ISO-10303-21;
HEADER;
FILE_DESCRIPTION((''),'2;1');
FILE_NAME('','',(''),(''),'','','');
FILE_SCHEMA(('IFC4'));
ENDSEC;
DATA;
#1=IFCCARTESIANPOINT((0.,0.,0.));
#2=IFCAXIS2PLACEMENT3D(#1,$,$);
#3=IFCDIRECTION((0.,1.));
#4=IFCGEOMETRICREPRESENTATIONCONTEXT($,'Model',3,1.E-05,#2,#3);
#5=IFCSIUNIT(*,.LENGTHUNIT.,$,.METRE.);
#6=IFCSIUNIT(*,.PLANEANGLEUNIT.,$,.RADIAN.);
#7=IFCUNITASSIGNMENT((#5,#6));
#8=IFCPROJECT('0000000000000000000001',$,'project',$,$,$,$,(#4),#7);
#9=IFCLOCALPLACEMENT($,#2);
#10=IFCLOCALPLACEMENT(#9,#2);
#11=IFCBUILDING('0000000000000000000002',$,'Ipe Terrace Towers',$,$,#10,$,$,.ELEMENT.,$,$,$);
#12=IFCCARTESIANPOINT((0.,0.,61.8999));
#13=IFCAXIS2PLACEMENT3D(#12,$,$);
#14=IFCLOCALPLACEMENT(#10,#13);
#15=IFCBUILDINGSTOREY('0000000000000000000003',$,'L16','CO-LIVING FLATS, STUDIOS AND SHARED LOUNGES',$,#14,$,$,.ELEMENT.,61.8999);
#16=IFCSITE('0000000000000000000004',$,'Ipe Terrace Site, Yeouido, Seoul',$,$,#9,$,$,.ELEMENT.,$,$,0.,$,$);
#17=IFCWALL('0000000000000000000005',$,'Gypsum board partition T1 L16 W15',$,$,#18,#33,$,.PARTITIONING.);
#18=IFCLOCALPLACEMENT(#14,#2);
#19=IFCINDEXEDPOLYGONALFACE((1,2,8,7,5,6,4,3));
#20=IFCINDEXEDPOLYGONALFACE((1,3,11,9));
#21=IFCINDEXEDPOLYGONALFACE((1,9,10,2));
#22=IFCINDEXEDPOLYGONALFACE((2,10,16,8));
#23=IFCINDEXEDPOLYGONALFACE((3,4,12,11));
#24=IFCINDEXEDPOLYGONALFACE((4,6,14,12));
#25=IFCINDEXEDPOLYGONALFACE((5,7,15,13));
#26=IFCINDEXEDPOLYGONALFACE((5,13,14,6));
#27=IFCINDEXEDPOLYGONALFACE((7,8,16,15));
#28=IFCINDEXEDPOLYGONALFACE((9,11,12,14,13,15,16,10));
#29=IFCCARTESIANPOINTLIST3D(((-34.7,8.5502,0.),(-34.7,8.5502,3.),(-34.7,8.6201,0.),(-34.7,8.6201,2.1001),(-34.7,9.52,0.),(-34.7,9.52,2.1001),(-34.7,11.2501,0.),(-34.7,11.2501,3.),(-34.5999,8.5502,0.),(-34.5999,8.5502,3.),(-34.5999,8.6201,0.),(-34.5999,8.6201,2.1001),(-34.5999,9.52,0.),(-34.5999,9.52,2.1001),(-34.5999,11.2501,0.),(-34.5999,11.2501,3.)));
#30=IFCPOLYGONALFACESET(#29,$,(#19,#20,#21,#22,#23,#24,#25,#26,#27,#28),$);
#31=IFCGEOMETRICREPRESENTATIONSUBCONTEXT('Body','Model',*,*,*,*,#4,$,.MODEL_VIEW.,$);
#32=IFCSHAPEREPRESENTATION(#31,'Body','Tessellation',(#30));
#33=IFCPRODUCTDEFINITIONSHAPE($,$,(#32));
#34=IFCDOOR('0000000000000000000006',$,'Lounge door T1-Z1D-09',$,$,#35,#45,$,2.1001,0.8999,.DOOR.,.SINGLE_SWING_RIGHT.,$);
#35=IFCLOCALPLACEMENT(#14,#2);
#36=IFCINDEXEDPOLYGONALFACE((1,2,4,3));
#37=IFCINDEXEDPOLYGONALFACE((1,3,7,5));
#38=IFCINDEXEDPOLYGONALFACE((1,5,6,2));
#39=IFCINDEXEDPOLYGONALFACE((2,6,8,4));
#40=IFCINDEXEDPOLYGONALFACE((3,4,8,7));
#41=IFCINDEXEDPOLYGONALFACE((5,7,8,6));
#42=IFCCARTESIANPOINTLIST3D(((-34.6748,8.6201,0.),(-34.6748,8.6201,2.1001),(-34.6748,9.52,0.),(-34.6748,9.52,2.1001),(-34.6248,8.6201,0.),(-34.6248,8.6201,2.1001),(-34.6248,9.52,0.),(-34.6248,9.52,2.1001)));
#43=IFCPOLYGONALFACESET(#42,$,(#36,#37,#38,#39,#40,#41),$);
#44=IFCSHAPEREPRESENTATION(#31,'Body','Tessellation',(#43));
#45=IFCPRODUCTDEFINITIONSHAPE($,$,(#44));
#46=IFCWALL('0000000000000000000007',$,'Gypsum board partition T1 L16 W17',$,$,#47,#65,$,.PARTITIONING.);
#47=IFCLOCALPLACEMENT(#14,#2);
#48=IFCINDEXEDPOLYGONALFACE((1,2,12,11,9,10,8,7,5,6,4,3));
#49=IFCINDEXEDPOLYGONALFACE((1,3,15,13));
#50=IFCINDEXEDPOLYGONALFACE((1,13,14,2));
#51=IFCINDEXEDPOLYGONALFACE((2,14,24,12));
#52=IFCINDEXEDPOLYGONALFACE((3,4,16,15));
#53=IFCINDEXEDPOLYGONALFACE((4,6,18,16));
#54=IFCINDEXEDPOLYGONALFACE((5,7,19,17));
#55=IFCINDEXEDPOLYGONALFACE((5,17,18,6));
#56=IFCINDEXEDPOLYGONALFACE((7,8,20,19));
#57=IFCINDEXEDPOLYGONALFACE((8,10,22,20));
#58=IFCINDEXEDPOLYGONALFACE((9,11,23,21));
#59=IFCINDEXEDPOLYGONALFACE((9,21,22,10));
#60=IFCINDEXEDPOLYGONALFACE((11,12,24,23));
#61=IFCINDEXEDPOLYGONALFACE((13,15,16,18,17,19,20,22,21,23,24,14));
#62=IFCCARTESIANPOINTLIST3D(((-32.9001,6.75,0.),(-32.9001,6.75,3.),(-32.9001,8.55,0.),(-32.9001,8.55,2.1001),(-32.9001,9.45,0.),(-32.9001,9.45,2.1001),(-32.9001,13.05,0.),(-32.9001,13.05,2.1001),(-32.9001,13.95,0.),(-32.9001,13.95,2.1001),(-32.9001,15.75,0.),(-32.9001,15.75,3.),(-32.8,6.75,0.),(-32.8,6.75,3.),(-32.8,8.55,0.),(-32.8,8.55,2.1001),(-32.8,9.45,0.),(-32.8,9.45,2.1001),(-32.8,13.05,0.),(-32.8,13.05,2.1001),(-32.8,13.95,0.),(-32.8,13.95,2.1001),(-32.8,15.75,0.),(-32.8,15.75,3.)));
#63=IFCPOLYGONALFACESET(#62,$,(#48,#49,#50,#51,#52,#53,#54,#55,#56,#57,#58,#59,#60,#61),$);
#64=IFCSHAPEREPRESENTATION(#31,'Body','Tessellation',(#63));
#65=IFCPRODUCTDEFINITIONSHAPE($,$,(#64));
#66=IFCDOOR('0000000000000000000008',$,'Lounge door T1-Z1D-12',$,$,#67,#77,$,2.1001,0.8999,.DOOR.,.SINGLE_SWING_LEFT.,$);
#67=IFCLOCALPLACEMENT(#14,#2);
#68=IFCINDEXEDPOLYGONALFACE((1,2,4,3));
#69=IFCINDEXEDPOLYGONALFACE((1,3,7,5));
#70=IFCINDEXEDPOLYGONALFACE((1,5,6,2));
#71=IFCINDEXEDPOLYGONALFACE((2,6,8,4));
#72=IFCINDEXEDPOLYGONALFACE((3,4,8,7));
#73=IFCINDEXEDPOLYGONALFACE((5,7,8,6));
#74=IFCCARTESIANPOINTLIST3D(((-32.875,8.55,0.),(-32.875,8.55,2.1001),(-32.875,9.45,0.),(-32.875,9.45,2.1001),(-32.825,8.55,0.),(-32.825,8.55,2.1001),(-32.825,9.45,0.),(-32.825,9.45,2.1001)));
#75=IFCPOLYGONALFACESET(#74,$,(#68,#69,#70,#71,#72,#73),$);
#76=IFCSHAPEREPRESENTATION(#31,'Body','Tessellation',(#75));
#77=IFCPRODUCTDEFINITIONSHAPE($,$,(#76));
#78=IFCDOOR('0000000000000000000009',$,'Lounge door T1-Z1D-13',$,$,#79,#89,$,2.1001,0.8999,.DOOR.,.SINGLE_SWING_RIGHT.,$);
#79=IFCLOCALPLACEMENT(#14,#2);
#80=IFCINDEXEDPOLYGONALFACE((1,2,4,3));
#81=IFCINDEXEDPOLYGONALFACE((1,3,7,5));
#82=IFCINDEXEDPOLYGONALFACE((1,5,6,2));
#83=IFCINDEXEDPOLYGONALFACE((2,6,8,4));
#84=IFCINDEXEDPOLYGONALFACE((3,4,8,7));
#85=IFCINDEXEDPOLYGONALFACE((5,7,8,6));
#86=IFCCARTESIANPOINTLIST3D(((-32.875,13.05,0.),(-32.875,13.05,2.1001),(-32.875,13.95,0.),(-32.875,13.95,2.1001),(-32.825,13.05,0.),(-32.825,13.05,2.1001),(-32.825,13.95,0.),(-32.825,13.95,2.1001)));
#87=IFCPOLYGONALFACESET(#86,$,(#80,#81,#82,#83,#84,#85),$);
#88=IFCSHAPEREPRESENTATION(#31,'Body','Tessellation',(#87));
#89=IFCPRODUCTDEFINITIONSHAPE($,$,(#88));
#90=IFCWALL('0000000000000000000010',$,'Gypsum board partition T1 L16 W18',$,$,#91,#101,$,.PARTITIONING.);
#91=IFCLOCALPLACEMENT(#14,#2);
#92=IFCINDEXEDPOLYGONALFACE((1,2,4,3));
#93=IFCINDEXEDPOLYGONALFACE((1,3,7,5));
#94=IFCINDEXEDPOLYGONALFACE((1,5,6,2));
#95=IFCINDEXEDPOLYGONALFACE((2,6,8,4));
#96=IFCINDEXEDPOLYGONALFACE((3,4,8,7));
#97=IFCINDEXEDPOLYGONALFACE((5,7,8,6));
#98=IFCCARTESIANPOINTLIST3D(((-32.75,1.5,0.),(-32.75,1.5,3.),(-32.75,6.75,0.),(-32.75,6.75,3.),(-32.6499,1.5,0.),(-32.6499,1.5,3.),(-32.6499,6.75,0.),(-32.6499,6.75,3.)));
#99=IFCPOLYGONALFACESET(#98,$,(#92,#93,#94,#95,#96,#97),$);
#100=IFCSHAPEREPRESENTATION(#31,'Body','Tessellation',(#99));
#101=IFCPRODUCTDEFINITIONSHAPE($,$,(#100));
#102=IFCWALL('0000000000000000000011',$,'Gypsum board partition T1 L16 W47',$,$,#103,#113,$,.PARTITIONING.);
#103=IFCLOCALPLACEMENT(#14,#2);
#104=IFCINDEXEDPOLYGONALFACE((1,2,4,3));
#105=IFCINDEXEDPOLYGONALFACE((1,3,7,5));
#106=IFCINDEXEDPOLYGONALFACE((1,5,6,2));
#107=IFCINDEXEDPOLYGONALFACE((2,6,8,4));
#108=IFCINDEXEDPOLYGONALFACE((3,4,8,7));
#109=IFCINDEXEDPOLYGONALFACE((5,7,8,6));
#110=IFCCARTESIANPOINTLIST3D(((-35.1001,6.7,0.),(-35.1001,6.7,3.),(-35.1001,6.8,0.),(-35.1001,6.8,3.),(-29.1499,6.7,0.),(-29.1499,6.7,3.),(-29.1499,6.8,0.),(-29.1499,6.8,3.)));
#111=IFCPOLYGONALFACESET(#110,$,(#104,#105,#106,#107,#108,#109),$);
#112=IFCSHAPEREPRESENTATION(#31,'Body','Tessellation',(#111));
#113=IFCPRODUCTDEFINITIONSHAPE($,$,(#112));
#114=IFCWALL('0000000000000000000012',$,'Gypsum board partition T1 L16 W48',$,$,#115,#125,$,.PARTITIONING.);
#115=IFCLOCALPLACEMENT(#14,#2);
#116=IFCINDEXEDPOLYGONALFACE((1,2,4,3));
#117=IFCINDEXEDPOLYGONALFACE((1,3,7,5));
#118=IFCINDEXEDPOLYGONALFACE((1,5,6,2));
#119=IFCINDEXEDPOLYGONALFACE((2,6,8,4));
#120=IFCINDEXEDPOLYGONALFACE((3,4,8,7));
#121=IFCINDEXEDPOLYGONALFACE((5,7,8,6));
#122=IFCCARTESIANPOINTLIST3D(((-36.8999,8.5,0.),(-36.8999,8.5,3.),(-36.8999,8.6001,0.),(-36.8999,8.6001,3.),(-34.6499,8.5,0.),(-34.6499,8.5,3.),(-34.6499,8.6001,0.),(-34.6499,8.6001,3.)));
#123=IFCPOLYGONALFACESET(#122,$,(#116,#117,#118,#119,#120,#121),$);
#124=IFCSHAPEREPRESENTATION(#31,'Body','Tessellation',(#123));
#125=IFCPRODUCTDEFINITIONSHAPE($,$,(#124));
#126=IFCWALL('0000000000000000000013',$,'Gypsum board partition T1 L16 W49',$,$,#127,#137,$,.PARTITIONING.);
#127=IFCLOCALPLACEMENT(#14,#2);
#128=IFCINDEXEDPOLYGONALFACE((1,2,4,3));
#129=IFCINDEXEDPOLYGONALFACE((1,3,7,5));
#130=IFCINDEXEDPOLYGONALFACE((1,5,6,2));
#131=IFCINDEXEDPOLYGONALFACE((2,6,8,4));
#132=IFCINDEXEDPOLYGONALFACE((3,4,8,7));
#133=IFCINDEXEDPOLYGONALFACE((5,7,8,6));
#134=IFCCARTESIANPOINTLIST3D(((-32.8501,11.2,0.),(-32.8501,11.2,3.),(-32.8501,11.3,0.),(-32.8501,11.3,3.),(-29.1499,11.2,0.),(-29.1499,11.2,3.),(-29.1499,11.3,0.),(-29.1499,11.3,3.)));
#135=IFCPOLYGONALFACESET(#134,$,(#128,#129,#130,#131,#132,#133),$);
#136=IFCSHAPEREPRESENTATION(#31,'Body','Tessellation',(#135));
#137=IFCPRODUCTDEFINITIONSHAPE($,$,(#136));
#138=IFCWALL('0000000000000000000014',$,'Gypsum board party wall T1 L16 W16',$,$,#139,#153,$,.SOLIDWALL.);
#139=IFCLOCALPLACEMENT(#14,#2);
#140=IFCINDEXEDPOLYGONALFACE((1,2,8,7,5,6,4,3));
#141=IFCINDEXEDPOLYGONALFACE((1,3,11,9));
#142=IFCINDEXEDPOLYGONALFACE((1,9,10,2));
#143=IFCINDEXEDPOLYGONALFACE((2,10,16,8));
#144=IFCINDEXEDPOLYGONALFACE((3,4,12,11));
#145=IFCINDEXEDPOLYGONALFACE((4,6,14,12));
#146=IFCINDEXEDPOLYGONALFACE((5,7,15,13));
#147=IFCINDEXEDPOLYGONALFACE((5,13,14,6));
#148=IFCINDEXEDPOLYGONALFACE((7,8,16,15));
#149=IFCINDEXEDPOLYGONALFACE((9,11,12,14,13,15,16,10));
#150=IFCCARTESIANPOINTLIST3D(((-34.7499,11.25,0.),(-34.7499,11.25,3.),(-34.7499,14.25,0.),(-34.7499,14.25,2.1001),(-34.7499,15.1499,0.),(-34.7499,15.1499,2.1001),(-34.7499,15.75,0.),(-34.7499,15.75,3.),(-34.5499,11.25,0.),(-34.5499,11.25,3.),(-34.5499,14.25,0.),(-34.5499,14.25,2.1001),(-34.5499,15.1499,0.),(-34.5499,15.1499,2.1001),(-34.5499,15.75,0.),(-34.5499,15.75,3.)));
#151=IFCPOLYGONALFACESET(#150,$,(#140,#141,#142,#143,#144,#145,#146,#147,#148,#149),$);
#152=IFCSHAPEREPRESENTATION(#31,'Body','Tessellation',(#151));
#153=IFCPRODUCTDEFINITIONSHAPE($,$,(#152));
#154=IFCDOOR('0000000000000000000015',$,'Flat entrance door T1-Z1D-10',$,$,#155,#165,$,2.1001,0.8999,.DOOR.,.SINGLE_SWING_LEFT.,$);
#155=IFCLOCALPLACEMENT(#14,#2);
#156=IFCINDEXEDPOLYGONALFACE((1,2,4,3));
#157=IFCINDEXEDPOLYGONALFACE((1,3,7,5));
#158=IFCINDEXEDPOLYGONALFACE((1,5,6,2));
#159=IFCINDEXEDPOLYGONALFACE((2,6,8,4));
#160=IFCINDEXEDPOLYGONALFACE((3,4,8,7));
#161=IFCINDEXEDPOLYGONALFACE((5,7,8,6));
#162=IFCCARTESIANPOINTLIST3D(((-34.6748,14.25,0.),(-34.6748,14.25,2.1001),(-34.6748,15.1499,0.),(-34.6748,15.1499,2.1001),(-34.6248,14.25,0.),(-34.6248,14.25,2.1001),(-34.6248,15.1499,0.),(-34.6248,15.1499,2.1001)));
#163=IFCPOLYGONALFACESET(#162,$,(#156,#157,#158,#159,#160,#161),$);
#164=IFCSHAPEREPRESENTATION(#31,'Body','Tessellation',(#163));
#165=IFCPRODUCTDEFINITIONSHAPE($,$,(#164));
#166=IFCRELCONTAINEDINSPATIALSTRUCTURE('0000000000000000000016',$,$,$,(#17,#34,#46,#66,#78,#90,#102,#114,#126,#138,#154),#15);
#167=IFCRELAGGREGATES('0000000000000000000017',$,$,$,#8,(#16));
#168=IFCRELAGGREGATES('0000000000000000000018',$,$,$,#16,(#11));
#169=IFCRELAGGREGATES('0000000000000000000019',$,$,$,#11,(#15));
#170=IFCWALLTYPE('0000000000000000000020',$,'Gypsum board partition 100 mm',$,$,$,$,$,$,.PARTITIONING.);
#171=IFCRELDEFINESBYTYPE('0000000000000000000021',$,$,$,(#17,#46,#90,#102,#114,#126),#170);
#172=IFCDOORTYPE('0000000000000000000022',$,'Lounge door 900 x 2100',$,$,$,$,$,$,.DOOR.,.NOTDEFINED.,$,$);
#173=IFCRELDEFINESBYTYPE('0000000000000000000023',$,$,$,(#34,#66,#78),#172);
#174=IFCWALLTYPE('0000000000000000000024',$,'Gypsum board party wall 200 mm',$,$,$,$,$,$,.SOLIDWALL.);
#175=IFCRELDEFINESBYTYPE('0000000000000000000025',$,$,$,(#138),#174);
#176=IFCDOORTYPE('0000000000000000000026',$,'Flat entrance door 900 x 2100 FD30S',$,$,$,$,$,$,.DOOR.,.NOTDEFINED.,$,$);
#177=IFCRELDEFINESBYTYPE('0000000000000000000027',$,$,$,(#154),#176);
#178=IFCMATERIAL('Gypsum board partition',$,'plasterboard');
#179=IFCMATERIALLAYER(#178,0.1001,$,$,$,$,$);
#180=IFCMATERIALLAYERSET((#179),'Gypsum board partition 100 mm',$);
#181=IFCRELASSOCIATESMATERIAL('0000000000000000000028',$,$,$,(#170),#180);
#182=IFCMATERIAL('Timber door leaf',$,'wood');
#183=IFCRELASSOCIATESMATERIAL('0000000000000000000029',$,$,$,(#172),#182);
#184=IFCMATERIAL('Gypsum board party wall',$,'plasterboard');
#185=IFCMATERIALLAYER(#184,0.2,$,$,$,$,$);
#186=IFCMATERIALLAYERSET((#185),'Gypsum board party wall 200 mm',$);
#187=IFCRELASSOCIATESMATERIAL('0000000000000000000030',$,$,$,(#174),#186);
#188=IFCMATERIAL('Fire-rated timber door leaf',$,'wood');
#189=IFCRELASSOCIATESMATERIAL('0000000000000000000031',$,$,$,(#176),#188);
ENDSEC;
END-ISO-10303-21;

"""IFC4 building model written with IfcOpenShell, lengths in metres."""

from ifc_helpers import new_model, si_unit, direction, frame, frame_2d, origin, place, context, subcontext, project, spatial, rectangle, extrude, material, layer, layer_set, type_object, element, fill, save


model = new_model("IFC4")

# Units and contexts
model_context = context("Model", 3, precision=1e-05, world=origin(), true_north=direction((0.0, 1.0)))
body_context = subcontext(model_context, "Body", "Model", "MODEL_VIEW")
ifc_project = project(units=[si_unit("LENGTHUNIT", "METRE"), si_unit("PLANEANGLEUNIT", "RADIAN")], contexts=[model_context])

# Site, building, storey
site_placement = place(None, origin())
site = spatial("IfcSite", under=ifc_project, at=site_placement, Name="Ipe Terrace Site, Yeouido, Seoul", CompositionType="ELEMENT", RefElevation=0.0)
building_placement = place(site_placement, origin())
building = spatial("IfcBuilding", under=site, at=building_placement, Name="Ipe Terrace Towers", CompositionType="ELEMENT")
storey_placement = place(building_placement, frame((0.0, 0.0, 61.8999)))
storey = spatial("IfcBuildingStorey", under=building, at=storey_placement, Name="L16", Description="CO-LIVING FLATS, STUDIOS AND SHARED LOUNGES", CompositionType="ELEMENT", Elevation=61.8999)

# Wall, opening, door
ifc_material_1 = material(Name="Gypsum board partition", Category="plasterboard")
ifc_layer_1 = layer(ifc_material_1, 0.1001)
ifc_layer_set_1 = layer_set([ifc_layer_1], Name="Gypsum board partition 100 mm")
wall_type_1 = type_object("IfcWallType", Name="Gypsum board partition 100 mm", PredefinedType="PARTITIONING", material=ifc_layer_set_1)
wall_1_placement = place(storey_placement, frame((-34.6499, 8.55, 0.0), z_axis=(0.0, 0.0, 1.0), x_axis=(0.0, 1.0, 0.0)))
wall_1 = element("IfcWall", 1, at=wall_1_placement, inside=storey, type_object=wall_type_1, Name="Gypsum board partition T1 L16 W15", PredefinedType="PARTITIONING", context=body_context, shape_type="SweptSolid", body=[
    extrude(rectangle(XDim=2.7, YDim=0.1001, at=frame_2d((1.3501, 0.0))), origin(), (0.0, 0.0, 1.0), 3.0),
])
opening_1_placement = place(wall_1_placement, frame((0.0701, 0.0, 0.0)))
opening_1 = element("IfcOpeningElement", 2, at=opening_1_placement, cuts=wall_1, PredefinedType="OPENING", context=body_context, shape_type="SweptSolid", body=[
    extrude(rectangle(XDim=0.8999, YDim=2.1001, at=frame_2d((0.45, 1.05))), frame((0.0, 0.0601, 0.0), z_axis=(0.0, -1.0, 0.0), x_axis=(1.0, 0.0, 0.0)), (0.0, 0.0, 1.0), 0.1201),
])
ifc_material_2 = material(Name="Timber door leaf", Category="wood")
door_type_1 = type_object("IfcDoorType", Name="Lounge door 900 x 2100", OperationType="NOTDEFINED", PredefinedType="DOOR", material=ifc_material_2)
door_1_placement = place(opening_1_placement, origin())
door_1 = element("IfcDoor", 3, at=door_1_placement, inside=storey, type_object=door_type_1, Name="Lounge door T1-Z1D-09", OperationType="SINGLE_SWING_RIGHT", OverallHeight=2.1001, OverallWidth=0.8999, PredefinedType="DOOR", context=body_context, shape_type="SweptSolid", body=[
    extrude(rectangle(XDim=0.8999, YDim=2.1001, at=frame_2d((0.45, 1.05))), frame((0.0, 0.0249, 0.0), z_axis=(0.0, -1.0, 0.0), x_axis=(1.0, 0.0, 0.0)), (0.0, 0.0, 1.0), 0.05),
])
fill(opening_1, door_1)

# Wall, openings, doors
wall_2_placement = place(storey_placement, frame((-32.8501, 6.75, 0.0), z_axis=(0.0, 0.0, 1.0), x_axis=(0.0, 1.0, 0.0)))
wall_2 = element("IfcWall", 4, at=wall_2_placement, inside=storey, type_object=wall_type_1, Name="Gypsum board partition T1 L16 W17", PredefinedType="PARTITIONING", context=body_context, shape_type="SweptSolid", body=[
    extrude(rectangle(XDim=9.0, YDim=0.1001, at=frame_2d((4.5, 0.0))), origin(), (0.0, 0.0, 1.0), 3.0),
])
opening_2_placement = place(wall_2_placement, frame((1.8, 0.0, 0.0)))
opening_2 = element("IfcOpeningElement", 5, at=opening_2_placement, cuts=wall_2, PredefinedType="OPENING", context=body_context, shape_type="SweptSolid", body=[
    extrude(rectangle(XDim=0.8999, YDim=2.1001, at=frame_2d((0.45, 1.05))), frame((0.0, 0.0601, 0.0), z_axis=(0.0, -1.0, 0.0), x_axis=(1.0, 0.0, 0.0)), (0.0, 0.0, 1.0), 0.1201),
])
opening_3_placement = place(wall_2_placement, frame((6.3, 0.0, 0.0)))
opening_3 = element("IfcOpeningElement", 6, at=opening_3_placement, cuts=wall_2, PredefinedType="OPENING", context=body_context, shape_type="SweptSolid", body=[
    extrude(rectangle(XDim=0.8999, YDim=2.1001, at=frame_2d((0.45, 1.05))), frame((0.0, 0.0601, 0.0), z_axis=(0.0, -1.0, 0.0), x_axis=(1.0, 0.0, 0.0)), (0.0, 0.0, 1.0), 0.1201),
])
door_2_placement = place(opening_2_placement, origin())
door_2 = element("IfcDoor", 7, at=door_2_placement, inside=storey, type_object=door_type_1, Name="Lounge door T1-Z1D-12", OperationType="SINGLE_SWING_LEFT", OverallHeight=2.1001, OverallWidth=0.8999, PredefinedType="DOOR", context=body_context, shape_type="SweptSolid", body=[
    extrude(rectangle(XDim=0.8999, YDim=2.1001, at=frame_2d((0.45, 1.05))), frame((0.0, 0.0249, 0.0), z_axis=(0.0, -1.0, 0.0), x_axis=(1.0, 0.0, 0.0)), (0.0, 0.0, 1.0), 0.05),
])
fill(opening_2, door_2)
door_3_placement = place(opening_3_placement, origin())
door_3 = element("IfcDoor", 8, at=door_3_placement, inside=storey, type_object=door_type_1, Name="Lounge door T1-Z1D-13", OperationType="SINGLE_SWING_RIGHT", OverallHeight=2.1001, OverallWidth=0.8999, PredefinedType="DOOR", context=body_context, shape_type="SweptSolid", body=[
    extrude(rectangle(XDim=0.8999, YDim=2.1001, at=frame_2d((0.45, 1.05))), frame((0.0, 0.0249, 0.0), z_axis=(0.0, -1.0, 0.0), x_axis=(1.0, 0.0, 0.0)), (0.0, 0.0, 1.0), 0.05),
])
fill(opening_3, door_3)

# Walls
wall_3_placement = place(storey_placement, frame((-32.7, 1.5, 0.0), z_axis=(0.0, 0.0, 1.0), x_axis=(0.0, 1.0, 0.0)))
element("IfcWall", 9, at=wall_3_placement, inside=storey, type_object=wall_type_1, Name="Gypsum board partition T1 L16 W18", PredefinedType="PARTITIONING", context=body_context, shape_type="SweptSolid", body=[
    extrude(rectangle(XDim=5.25, YDim=0.1001, at=frame_2d((2.625, 0.0))), origin(), (0.0, 0.0, 1.0), 3.0),
])
wall_4_placement = place(storey_placement, frame((-35.1001, 6.75, 0.0), z_axis=(0.0, 0.0, 1.0), x_axis=(1.0, 0.0, 0.0)))
element("IfcWall", 10, at=wall_4_placement, inside=storey, type_object=wall_type_1, Name="Gypsum board partition T1 L16 W47", PredefinedType="PARTITIONING", context=body_context, shape_type="SweptSolid", body=[
    extrude(rectangle(XDim=5.9502, YDim=0.1001, at=frame_2d((2.9751, 0.0))), origin(), (0.0, 0.0, 1.0), 3.0),
])
wall_5_placement = place(storey_placement, frame((-36.8999, 8.55, 0.0), z_axis=(0.0, 0.0, 1.0), x_axis=(1.0, 0.0, 0.0)))
element("IfcWall", 11, at=wall_5_placement, inside=storey, type_object=wall_type_1, Name="Gypsum board partition T1 L16 W48", PredefinedType="PARTITIONING", context=body_context, shape_type="SweptSolid", body=[
    extrude(rectangle(XDim=2.25, YDim=0.1001, at=frame_2d((1.125, 0.0))), origin(), (0.0, 0.0, 1.0), 3.0),
])
wall_6_placement = place(storey_placement, frame((-32.8501, 11.25, 0.0), z_axis=(0.0, 0.0, 1.0), x_axis=(1.0, 0.0, 0.0)))
element("IfcWall", 12, at=wall_6_placement, inside=storey, type_object=wall_type_1, Name="Gypsum board partition T1 L16 W49", PredefinedType="PARTITIONING", context=body_context, shape_type="SweptSolid", body=[
    extrude(rectangle(XDim=3.7002, YDim=0.1001, at=frame_2d((1.8501, 0.0))), origin(), (0.0, 0.0, 1.0), 3.0),
])

# Wall, opening, door
ifc_material_3 = material(Name="Gypsum board party wall", Category="plasterboard")
ifc_layer_2 = layer(ifc_material_3, 0.2)
ifc_layer_set_2 = layer_set([ifc_layer_2], Name="Gypsum board party wall 200 mm")
wall_type_2 = type_object("IfcWallType", Name="Gypsum board party wall 200 mm", PredefinedType="SOLIDWALL", material=ifc_layer_set_2)
wall_7_placement = place(storey_placement, frame((-34.6499, 11.25, 0.0), z_axis=(0.0, 0.0, 1.0), x_axis=(0.0, 1.0, 0.0)))
wall_7 = element("IfcWall", 13, at=wall_7_placement, inside=storey, type_object=wall_type_2, Name="Gypsum board party wall T1 L16 W16", PredefinedType="SOLIDWALL", context=body_context, shape_type="SweptSolid", body=[
    extrude(rectangle(XDim=4.5, YDim=0.2, at=frame_2d((2.25, 0.0))), origin(), (0.0, 0.0, 1.0), 3.0),
])
opening_4_placement = place(wall_7_placement, frame((3.0, 0.0, 0.0)))
opening_4 = element("IfcOpeningElement", 14, at=opening_4_placement, cuts=wall_7, PredefinedType="OPENING", context=body_context, shape_type="SweptSolid", body=[
    extrude(rectangle(XDim=0.8999, YDim=2.1001, at=frame_2d((0.45, 1.05))), frame((0.0, 0.1099, 0.0), z_axis=(0.0, -1.0, 0.0), x_axis=(1.0, 0.0, 0.0)), (0.0, 0.0, 1.0), 0.22),
])
ifc_material_4 = material(Name="Fire-rated timber door leaf", Category="wood")
door_type_2 = type_object("IfcDoorType", Name="Flat entrance door 900 x 2100 FD30S", OperationType="NOTDEFINED", PredefinedType="DOOR", material=ifc_material_4)
door_4_placement = place(opening_4_placement, origin())
door_4 = element("IfcDoor", 15, at=door_4_placement, inside=storey, type_object=door_type_2, Name="Flat entrance door T1-Z1D-10", OperationType="SINGLE_SWING_LEFT", OverallHeight=2.1001, OverallWidth=0.8999, PredefinedType="DOOR", context=body_context, shape_type="SweptSolid", body=[
    extrude(rectangle(XDim=0.8999, YDim=2.1001, at=frame_2d((0.45, 1.05))), frame((0.0, 0.0249, 0.0), z_axis=(0.0, -1.0, 0.0), x_axis=(1.0, 0.0, 0.0)), (0.0, 0.0, 1.0), 0.05),
])
fill(opening_4, door_4)

save(model, "model.ifc")
